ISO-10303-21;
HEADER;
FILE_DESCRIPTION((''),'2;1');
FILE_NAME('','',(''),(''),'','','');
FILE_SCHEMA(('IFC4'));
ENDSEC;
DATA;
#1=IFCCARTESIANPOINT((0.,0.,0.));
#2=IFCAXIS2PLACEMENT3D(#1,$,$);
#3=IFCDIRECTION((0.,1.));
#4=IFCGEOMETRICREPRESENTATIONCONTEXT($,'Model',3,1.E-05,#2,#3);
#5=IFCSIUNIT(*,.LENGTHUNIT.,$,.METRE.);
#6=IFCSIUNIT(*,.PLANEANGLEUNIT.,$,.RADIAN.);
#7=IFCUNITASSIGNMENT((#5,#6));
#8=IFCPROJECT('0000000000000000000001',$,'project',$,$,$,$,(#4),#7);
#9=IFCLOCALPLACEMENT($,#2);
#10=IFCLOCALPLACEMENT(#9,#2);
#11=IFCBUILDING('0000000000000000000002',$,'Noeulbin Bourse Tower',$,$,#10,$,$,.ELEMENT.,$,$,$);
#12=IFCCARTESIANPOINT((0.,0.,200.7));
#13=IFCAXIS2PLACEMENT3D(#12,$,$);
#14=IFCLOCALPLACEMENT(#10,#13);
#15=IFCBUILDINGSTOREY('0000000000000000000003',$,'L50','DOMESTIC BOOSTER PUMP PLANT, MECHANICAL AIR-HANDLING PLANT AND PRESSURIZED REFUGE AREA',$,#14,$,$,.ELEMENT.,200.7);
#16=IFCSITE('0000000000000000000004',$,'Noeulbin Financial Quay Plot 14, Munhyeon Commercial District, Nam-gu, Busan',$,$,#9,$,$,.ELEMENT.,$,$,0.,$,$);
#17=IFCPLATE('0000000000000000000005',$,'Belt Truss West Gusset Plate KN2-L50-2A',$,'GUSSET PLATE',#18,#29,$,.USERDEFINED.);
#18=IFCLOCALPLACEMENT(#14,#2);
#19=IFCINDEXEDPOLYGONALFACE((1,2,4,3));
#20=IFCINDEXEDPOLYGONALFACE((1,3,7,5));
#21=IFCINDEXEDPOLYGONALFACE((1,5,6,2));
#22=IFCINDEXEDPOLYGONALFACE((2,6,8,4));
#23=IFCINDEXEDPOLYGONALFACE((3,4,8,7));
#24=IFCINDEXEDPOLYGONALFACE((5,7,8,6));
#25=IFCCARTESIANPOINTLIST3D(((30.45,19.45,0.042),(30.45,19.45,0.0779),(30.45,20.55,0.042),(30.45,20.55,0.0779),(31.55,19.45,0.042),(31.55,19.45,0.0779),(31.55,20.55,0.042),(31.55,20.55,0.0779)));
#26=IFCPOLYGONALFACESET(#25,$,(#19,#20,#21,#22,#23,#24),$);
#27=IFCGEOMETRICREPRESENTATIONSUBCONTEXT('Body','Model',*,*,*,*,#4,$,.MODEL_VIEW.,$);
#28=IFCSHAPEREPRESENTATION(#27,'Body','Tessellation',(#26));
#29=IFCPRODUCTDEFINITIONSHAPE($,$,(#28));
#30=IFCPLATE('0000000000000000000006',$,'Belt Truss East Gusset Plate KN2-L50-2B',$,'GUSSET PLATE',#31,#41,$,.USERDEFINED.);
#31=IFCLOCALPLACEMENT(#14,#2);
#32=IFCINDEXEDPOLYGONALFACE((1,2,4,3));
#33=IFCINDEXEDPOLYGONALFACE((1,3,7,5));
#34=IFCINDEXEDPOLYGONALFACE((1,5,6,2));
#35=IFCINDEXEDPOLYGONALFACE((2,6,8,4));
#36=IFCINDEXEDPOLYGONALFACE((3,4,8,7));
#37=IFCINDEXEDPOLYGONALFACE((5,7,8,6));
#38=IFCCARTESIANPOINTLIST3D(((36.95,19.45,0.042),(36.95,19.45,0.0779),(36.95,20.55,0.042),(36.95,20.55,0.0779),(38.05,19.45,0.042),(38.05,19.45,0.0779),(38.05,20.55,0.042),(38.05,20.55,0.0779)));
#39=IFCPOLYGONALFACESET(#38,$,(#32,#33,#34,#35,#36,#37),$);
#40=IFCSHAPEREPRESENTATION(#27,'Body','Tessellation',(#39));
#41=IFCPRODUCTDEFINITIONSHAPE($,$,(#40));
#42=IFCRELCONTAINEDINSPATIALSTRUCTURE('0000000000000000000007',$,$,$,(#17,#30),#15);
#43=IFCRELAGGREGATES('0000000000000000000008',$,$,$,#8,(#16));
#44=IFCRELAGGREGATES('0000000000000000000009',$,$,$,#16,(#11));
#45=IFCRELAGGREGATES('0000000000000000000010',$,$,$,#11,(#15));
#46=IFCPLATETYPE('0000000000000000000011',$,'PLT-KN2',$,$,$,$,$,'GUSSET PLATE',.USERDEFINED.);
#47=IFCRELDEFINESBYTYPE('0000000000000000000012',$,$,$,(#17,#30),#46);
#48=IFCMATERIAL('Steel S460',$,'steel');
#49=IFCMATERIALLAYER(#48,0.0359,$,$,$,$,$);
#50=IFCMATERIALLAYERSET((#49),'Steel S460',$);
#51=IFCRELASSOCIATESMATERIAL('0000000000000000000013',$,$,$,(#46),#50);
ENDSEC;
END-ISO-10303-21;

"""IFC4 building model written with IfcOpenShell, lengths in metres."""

from ifc_helpers import new_model, si_unit, direction, frame, origin, origin_2d, place, context, subcontext, project, spatial, rectangle, extrude, material, layer, layer_set, type_object, element, save


model = new_model("IFC4")

# Units and contexts
model_context = context("Model", 3, precision=1e-05, world=origin(), true_north=direction((0.0, 1.0)))
body_context = subcontext(model_context, "Body", "Model", "MODEL_VIEW")
ifc_project = project(units=[si_unit("LENGTHUNIT", "METRE"), si_unit("PLANEANGLEUNIT", "RADIAN")], contexts=[model_context])

# Site, building, storey
site_placement = place(None, origin())
site = spatial("IfcSite", under=ifc_project, at=site_placement, Name="Noeulbin Financial Quay Plot 14, Munhyeon Commercial District, Nam-gu, Busan", CompositionType="ELEMENT", RefElevation=0.0)
building_placement = place(site_placement, origin())
building = spatial("IfcBuilding", under=site, at=building_placement, Name="Noeulbin Bourse Tower", CompositionType="ELEMENT")
storey_placement = place(building_placement, frame((0.0, 0.0, 200.7)))
storey = spatial("IfcBuildingStorey", under=building, at=storey_placement, Name="L50", Description="DOMESTIC BOOSTER PUMP PLANT, MECHANICAL AIR-HANDLING PLANT AND PRESSURIZED REFUGE AREA", CompositionType="ELEMENT", Elevation=200.7)

# Shared definitions
ifc_material_1 = material(Name="Steel S460", Category="steel")

# Plates
ifc_layer_1 = layer(ifc_material_1, 0.0359)
ifc_layer_set_1 = layer_set([ifc_layer_1], Name="Steel S460")
plate_type_1 = type_object("IfcPlateType", Name="PLT-KN2", ElementType="GUSSET PLATE", PredefinedType="USERDEFINED", material=ifc_layer_set_1)
for number, where, z_axis, x_axis, name in (
    (1, (31.0, 20.0, 0.042), (0.0, 0.0, 1.0), (1.0, 0.0, 0.0), "Belt Truss West Gusset Plate KN2-L50-2A"),
    (2, (37.5, 20.0, 0.042), (0.0, 0.0, 1.0), (1.0, 0.0, 0.0), "Belt Truss East Gusset Plate KN2-L50-2B"),
):
    element("IfcPlate", number, at=place(storey_placement, frame(where, z_axis=z_axis, x_axis=x_axis)), inside=storey, type_object=plate_type_1, Name=name, ObjectType="GUSSET PLATE", PredefinedType="USERDEFINED", context=body_context, shape_type="SweptSolid", body=[
        extrude(rectangle(XDim=1.1001, YDim=1.1001, at=origin_2d()), origin(), (0.0, 0.0, 1.0), 0.0359),
    ])

save(model, "model.ifc")
